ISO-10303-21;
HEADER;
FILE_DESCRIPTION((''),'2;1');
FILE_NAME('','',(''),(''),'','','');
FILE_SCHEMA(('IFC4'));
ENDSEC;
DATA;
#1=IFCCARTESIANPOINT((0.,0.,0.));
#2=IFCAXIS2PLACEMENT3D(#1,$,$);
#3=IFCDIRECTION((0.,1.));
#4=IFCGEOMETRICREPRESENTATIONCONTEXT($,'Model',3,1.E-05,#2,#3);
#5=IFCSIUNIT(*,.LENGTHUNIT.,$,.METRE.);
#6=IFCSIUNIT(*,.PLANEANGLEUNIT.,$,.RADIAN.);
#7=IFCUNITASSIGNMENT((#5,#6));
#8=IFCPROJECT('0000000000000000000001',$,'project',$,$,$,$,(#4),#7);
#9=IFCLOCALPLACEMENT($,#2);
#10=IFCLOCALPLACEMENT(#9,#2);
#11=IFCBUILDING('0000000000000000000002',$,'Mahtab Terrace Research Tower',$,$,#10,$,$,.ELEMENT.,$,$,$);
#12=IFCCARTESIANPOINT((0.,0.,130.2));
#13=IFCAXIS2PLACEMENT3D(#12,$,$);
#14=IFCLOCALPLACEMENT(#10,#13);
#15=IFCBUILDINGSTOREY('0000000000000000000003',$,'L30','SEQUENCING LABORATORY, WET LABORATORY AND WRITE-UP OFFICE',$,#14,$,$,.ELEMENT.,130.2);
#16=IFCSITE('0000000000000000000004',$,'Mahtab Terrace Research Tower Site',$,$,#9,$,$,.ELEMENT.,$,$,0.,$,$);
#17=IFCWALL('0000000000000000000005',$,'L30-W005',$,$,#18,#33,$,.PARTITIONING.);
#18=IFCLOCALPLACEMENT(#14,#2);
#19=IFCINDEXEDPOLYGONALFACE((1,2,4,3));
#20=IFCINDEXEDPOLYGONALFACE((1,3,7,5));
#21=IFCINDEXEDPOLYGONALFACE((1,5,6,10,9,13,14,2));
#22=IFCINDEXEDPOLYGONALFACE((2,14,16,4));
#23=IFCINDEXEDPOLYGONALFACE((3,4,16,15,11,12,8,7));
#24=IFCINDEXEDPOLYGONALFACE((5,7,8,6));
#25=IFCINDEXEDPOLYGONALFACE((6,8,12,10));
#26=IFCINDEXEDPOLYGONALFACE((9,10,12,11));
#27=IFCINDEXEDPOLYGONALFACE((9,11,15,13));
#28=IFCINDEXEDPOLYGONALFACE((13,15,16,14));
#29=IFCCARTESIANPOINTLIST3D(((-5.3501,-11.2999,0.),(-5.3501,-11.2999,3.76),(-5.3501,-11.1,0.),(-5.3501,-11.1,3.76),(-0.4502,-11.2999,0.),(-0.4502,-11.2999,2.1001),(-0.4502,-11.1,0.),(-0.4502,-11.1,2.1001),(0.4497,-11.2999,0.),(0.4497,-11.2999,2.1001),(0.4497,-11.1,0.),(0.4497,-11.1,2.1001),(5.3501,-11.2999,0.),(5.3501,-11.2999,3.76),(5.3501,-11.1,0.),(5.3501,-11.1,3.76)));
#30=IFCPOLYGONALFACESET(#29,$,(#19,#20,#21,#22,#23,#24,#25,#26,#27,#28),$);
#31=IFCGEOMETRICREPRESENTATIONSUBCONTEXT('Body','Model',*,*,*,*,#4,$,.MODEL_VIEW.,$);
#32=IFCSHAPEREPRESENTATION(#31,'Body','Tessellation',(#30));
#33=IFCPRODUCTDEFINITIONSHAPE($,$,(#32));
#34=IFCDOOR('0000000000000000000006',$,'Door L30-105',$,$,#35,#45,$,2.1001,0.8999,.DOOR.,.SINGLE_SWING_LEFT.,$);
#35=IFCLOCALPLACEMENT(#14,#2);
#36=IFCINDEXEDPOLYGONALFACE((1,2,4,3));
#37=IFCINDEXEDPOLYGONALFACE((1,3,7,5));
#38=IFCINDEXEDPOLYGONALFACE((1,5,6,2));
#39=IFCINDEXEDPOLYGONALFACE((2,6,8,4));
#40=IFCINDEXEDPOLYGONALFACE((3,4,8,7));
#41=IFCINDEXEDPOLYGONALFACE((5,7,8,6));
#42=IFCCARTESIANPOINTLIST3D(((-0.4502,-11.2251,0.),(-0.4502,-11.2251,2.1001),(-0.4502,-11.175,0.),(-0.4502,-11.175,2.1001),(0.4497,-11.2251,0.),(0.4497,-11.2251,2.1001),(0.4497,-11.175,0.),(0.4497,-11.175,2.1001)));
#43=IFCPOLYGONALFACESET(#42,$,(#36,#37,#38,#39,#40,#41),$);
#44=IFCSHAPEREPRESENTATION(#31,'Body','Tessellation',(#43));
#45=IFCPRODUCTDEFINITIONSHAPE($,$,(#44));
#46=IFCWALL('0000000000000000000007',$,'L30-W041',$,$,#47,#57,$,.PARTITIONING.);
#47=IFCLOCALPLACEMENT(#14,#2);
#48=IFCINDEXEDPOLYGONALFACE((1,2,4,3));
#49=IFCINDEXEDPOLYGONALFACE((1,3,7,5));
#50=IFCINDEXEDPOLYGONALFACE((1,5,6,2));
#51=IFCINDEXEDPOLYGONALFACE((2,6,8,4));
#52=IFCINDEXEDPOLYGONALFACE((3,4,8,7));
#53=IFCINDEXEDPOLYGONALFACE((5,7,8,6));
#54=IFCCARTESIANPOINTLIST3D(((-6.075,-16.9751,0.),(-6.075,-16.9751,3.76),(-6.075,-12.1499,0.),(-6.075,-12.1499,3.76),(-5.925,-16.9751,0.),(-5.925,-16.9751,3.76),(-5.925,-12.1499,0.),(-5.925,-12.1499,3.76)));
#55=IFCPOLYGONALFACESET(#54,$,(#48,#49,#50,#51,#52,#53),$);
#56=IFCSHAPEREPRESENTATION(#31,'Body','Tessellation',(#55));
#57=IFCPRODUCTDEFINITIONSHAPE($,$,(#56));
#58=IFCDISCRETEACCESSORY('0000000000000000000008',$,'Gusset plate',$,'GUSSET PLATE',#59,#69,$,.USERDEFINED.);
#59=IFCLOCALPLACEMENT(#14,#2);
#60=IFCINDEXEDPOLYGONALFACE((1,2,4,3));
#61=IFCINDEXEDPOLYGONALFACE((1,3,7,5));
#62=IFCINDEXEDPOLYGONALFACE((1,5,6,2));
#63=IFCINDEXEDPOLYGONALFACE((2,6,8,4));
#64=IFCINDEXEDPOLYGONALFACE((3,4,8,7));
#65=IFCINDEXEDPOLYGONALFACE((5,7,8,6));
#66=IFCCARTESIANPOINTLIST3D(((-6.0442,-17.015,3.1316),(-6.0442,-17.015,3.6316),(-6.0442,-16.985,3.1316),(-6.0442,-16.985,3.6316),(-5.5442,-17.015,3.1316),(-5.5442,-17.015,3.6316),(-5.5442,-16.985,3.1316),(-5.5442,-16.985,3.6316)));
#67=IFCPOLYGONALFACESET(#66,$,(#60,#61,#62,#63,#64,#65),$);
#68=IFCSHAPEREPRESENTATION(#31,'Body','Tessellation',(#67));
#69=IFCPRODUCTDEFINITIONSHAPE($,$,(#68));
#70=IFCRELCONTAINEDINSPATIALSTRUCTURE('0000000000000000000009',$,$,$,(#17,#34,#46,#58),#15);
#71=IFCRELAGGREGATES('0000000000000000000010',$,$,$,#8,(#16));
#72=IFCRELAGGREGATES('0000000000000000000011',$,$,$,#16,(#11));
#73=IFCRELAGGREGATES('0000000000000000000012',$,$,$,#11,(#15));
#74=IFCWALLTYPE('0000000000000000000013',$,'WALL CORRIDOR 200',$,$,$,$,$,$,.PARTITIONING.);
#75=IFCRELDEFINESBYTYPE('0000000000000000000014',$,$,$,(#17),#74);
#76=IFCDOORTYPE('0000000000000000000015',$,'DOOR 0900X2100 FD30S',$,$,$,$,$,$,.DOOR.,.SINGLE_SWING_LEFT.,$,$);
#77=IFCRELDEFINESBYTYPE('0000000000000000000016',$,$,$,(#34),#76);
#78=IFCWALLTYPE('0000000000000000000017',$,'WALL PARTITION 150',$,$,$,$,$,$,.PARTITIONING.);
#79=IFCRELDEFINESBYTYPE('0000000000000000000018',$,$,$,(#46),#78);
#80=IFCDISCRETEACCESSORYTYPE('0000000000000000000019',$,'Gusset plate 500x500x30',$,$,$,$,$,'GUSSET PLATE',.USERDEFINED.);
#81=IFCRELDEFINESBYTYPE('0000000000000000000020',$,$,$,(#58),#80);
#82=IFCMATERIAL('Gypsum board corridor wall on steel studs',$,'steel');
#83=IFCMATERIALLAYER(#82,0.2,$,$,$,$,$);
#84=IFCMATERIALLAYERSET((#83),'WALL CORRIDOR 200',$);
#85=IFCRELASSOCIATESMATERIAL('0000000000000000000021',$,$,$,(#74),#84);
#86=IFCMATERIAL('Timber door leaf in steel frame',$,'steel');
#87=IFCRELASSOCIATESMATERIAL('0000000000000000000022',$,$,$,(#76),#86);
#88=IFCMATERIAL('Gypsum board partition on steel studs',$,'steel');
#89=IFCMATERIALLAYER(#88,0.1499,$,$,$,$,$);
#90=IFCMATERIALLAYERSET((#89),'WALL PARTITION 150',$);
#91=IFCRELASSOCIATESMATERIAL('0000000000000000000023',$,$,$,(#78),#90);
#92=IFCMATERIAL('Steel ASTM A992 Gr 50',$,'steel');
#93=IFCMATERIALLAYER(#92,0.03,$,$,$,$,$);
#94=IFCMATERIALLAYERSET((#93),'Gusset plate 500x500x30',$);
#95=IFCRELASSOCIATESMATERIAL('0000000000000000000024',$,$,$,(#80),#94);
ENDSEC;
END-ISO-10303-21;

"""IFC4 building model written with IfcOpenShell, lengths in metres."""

from ifc_helpers import new_model, si_unit, direction, frame, frame_2d, origin, origin_2d, place, context, subcontext, project, spatial, rectangle, extrude, material, layer, layer_set, type_object, element, fill, save


model = new_model("IFC4")

# Units and contexts
model_context = context("Model", 3, precision=1e-05, world=origin(), true_north=direction((0.0, 1.0)))
body_context = subcontext(model_context, "Body", "Model", "MODEL_VIEW")
ifc_project = project(units=[si_unit("LENGTHUNIT", "METRE"), si_unit("PLANEANGLEUNIT", "RADIAN")], contexts=[model_context])

# Site, building, storey
site_placement = place(None, origin())
site = spatial("IfcSite", under=ifc_project, at=site_placement, Name="Mahtab Terrace Research Tower Site", CompositionType="ELEMENT", RefElevation=0.0)
building_placement = place(site_placement, origin())
building = spatial("IfcBuilding", under=site, at=building_placement, Name="Mahtab Terrace Research Tower", CompositionType="ELEMENT")
storey_placement = place(building_placement, frame((0.0, 0.0, 130.2)))
storey = spatial("IfcBuildingStorey", under=building, at=storey_placement, Name="L30", Description="SEQUENCING LABORATORY, WET LABORATORY AND WRITE-UP OFFICE", CompositionType="ELEMENT", Elevation=130.2)

# Shared definitions
ifc_material_1 = material(Name="Steel ASTM A992 Gr 50", Category="steel")

# Wall, opening, door
ifc_material_2 = material(Name="Gypsum board corridor wall on steel studs", Category="steel")
ifc_layer_1 = layer(ifc_material_2, 0.2)
ifc_layer_set_1 = layer_set([ifc_layer_1], Name="WALL CORRIDOR 200")
wall_type_1 = type_object("IfcWallType", Name="WALL CORRIDOR 200", PredefinedType="PARTITIONING", material=ifc_layer_set_1)
wall_1_placement = place(storey_placement, frame((-5.3501, -11.2, 0.0), z_axis=(0.0, 0.0, 1.0), x_axis=(1.0, 0.0, 0.0)))
wall_1 = element("IfcWall", 1, at=wall_1_placement, inside=storey, type_object=wall_type_1, Name="L30-W005", PredefinedType="PARTITIONING", context=body_context, shape_type="SweptSolid", body=[
    extrude(rectangle(XDim=10.7002, YDim=0.2, at=frame_2d((5.3501, 0.0))), origin(), (0.0, 0.0, 1.0), 3.76),
])
opening_1_placement = place(wall_1_placement, frame((4.8999, 0.0, 0.0)))
opening_1 = element("IfcOpeningElement", 2, at=opening_1_placement, cuts=wall_1, PredefinedType="OPENING", context=body_context, shape_type="SweptSolid", body=[
    extrude(rectangle(XDim=0.8999, YDim=2.1001, at=frame_2d((0.45, 1.05))), frame((0.0, 0.1099, 0.0), z_axis=(0.0, -1.0, 0.0), x_axis=(1.0, 0.0, 0.0)), (0.0, 0.0, 1.0), 0.22),
])
ifc_material_3 = material(Name="Timber door leaf in steel frame", Category="steel")
door_type_1 = type_object("IfcDoorType", Name="DOOR 0900X2100 FD30S", OperationType="SINGLE_SWING_LEFT", PredefinedType="DOOR", material=ifc_material_3)
door_1_placement = place(opening_1_placement, origin())
door_1 = element("IfcDoor", 3, at=door_1_placement, inside=storey, type_object=door_type_1, Name="Door L30-105", OperationType="SINGLE_SWING_LEFT", OverallHeight=2.1001, OverallWidth=0.8999, PredefinedType="DOOR", context=body_context, shape_type="SweptSolid", body=[
    extrude(rectangle(XDim=0.8999, YDim=2.1001, at=frame_2d((0.45, 1.05))), frame((0.0, 0.0249, 0.0), z_axis=(0.0, -1.0, 0.0), x_axis=(1.0, 0.0, 0.0)), (0.0, 0.0, 1.0), 0.05),
])
fill(opening_1, door_1)

# Wall
ifc_material_4 = material(Name="Gypsum board partition on steel studs", Category="steel")
ifc_layer_2 = layer(ifc_material_4, 0.1499)
ifc_layer_set_2 = layer_set([ifc_layer_2], Name="WALL PARTITION 150")
wall_type_2 = type_object("IfcWallType", Name="WALL PARTITION 150", PredefinedType="PARTITIONING", material=ifc_layer_set_2)
wall_2_placement = place(storey_placement, frame((-6.0, -16.9751, 0.0), z_axis=(0.0, 0.0, 1.0), x_axis=(0.0, 1.0, 0.0)))
element("IfcWall", 4, at=wall_2_placement, inside=storey, type_object=wall_type_2, Name="L30-W041", PredefinedType="PARTITIONING", context=body_context, shape_type="SweptSolid", body=[
    extrude(rectangle(XDim=4.8252, YDim=0.1499, at=frame_2d((2.4126, 0.0))), origin(), (0.0, 0.0, 1.0), 3.76),
])

# Discrete accessory
ifc_layer_3 = layer(ifc_material_1, 0.03)
ifc_layer_set_3 = layer_set([ifc_layer_3], Name="Gusset plate 500x500x30")
discrete_accessory_type = type_object("IfcDiscreteAccessoryType", Name="Gusset plate 500x500x30", ElementType="GUSSET PLATE", PredefinedType="USERDEFINED", material=ifc_layer_set_3)
discrete_accessory_placement = place(storey_placement, frame((-5.7942, -17.0, 3.1316), z_axis=(0.0, 0.0, 1.0), x_axis=(1.0, 0.0, 0.0)))
element("IfcDiscreteAccessory", 5, at=discrete_accessory_placement, inside=storey, type_object=discrete_accessory_type, Name="Gusset plate", ObjectType="GUSSET PLATE", PredefinedType="USERDEFINED", context=body_context, shape_type="SweptSolid", body=[
    extrude(rectangle(XDim=0.5, YDim=0.03, at=origin_2d()), origin(), (0.0, 0.0, 1.0), 0.5),
])

save(model, "model.ifc")
